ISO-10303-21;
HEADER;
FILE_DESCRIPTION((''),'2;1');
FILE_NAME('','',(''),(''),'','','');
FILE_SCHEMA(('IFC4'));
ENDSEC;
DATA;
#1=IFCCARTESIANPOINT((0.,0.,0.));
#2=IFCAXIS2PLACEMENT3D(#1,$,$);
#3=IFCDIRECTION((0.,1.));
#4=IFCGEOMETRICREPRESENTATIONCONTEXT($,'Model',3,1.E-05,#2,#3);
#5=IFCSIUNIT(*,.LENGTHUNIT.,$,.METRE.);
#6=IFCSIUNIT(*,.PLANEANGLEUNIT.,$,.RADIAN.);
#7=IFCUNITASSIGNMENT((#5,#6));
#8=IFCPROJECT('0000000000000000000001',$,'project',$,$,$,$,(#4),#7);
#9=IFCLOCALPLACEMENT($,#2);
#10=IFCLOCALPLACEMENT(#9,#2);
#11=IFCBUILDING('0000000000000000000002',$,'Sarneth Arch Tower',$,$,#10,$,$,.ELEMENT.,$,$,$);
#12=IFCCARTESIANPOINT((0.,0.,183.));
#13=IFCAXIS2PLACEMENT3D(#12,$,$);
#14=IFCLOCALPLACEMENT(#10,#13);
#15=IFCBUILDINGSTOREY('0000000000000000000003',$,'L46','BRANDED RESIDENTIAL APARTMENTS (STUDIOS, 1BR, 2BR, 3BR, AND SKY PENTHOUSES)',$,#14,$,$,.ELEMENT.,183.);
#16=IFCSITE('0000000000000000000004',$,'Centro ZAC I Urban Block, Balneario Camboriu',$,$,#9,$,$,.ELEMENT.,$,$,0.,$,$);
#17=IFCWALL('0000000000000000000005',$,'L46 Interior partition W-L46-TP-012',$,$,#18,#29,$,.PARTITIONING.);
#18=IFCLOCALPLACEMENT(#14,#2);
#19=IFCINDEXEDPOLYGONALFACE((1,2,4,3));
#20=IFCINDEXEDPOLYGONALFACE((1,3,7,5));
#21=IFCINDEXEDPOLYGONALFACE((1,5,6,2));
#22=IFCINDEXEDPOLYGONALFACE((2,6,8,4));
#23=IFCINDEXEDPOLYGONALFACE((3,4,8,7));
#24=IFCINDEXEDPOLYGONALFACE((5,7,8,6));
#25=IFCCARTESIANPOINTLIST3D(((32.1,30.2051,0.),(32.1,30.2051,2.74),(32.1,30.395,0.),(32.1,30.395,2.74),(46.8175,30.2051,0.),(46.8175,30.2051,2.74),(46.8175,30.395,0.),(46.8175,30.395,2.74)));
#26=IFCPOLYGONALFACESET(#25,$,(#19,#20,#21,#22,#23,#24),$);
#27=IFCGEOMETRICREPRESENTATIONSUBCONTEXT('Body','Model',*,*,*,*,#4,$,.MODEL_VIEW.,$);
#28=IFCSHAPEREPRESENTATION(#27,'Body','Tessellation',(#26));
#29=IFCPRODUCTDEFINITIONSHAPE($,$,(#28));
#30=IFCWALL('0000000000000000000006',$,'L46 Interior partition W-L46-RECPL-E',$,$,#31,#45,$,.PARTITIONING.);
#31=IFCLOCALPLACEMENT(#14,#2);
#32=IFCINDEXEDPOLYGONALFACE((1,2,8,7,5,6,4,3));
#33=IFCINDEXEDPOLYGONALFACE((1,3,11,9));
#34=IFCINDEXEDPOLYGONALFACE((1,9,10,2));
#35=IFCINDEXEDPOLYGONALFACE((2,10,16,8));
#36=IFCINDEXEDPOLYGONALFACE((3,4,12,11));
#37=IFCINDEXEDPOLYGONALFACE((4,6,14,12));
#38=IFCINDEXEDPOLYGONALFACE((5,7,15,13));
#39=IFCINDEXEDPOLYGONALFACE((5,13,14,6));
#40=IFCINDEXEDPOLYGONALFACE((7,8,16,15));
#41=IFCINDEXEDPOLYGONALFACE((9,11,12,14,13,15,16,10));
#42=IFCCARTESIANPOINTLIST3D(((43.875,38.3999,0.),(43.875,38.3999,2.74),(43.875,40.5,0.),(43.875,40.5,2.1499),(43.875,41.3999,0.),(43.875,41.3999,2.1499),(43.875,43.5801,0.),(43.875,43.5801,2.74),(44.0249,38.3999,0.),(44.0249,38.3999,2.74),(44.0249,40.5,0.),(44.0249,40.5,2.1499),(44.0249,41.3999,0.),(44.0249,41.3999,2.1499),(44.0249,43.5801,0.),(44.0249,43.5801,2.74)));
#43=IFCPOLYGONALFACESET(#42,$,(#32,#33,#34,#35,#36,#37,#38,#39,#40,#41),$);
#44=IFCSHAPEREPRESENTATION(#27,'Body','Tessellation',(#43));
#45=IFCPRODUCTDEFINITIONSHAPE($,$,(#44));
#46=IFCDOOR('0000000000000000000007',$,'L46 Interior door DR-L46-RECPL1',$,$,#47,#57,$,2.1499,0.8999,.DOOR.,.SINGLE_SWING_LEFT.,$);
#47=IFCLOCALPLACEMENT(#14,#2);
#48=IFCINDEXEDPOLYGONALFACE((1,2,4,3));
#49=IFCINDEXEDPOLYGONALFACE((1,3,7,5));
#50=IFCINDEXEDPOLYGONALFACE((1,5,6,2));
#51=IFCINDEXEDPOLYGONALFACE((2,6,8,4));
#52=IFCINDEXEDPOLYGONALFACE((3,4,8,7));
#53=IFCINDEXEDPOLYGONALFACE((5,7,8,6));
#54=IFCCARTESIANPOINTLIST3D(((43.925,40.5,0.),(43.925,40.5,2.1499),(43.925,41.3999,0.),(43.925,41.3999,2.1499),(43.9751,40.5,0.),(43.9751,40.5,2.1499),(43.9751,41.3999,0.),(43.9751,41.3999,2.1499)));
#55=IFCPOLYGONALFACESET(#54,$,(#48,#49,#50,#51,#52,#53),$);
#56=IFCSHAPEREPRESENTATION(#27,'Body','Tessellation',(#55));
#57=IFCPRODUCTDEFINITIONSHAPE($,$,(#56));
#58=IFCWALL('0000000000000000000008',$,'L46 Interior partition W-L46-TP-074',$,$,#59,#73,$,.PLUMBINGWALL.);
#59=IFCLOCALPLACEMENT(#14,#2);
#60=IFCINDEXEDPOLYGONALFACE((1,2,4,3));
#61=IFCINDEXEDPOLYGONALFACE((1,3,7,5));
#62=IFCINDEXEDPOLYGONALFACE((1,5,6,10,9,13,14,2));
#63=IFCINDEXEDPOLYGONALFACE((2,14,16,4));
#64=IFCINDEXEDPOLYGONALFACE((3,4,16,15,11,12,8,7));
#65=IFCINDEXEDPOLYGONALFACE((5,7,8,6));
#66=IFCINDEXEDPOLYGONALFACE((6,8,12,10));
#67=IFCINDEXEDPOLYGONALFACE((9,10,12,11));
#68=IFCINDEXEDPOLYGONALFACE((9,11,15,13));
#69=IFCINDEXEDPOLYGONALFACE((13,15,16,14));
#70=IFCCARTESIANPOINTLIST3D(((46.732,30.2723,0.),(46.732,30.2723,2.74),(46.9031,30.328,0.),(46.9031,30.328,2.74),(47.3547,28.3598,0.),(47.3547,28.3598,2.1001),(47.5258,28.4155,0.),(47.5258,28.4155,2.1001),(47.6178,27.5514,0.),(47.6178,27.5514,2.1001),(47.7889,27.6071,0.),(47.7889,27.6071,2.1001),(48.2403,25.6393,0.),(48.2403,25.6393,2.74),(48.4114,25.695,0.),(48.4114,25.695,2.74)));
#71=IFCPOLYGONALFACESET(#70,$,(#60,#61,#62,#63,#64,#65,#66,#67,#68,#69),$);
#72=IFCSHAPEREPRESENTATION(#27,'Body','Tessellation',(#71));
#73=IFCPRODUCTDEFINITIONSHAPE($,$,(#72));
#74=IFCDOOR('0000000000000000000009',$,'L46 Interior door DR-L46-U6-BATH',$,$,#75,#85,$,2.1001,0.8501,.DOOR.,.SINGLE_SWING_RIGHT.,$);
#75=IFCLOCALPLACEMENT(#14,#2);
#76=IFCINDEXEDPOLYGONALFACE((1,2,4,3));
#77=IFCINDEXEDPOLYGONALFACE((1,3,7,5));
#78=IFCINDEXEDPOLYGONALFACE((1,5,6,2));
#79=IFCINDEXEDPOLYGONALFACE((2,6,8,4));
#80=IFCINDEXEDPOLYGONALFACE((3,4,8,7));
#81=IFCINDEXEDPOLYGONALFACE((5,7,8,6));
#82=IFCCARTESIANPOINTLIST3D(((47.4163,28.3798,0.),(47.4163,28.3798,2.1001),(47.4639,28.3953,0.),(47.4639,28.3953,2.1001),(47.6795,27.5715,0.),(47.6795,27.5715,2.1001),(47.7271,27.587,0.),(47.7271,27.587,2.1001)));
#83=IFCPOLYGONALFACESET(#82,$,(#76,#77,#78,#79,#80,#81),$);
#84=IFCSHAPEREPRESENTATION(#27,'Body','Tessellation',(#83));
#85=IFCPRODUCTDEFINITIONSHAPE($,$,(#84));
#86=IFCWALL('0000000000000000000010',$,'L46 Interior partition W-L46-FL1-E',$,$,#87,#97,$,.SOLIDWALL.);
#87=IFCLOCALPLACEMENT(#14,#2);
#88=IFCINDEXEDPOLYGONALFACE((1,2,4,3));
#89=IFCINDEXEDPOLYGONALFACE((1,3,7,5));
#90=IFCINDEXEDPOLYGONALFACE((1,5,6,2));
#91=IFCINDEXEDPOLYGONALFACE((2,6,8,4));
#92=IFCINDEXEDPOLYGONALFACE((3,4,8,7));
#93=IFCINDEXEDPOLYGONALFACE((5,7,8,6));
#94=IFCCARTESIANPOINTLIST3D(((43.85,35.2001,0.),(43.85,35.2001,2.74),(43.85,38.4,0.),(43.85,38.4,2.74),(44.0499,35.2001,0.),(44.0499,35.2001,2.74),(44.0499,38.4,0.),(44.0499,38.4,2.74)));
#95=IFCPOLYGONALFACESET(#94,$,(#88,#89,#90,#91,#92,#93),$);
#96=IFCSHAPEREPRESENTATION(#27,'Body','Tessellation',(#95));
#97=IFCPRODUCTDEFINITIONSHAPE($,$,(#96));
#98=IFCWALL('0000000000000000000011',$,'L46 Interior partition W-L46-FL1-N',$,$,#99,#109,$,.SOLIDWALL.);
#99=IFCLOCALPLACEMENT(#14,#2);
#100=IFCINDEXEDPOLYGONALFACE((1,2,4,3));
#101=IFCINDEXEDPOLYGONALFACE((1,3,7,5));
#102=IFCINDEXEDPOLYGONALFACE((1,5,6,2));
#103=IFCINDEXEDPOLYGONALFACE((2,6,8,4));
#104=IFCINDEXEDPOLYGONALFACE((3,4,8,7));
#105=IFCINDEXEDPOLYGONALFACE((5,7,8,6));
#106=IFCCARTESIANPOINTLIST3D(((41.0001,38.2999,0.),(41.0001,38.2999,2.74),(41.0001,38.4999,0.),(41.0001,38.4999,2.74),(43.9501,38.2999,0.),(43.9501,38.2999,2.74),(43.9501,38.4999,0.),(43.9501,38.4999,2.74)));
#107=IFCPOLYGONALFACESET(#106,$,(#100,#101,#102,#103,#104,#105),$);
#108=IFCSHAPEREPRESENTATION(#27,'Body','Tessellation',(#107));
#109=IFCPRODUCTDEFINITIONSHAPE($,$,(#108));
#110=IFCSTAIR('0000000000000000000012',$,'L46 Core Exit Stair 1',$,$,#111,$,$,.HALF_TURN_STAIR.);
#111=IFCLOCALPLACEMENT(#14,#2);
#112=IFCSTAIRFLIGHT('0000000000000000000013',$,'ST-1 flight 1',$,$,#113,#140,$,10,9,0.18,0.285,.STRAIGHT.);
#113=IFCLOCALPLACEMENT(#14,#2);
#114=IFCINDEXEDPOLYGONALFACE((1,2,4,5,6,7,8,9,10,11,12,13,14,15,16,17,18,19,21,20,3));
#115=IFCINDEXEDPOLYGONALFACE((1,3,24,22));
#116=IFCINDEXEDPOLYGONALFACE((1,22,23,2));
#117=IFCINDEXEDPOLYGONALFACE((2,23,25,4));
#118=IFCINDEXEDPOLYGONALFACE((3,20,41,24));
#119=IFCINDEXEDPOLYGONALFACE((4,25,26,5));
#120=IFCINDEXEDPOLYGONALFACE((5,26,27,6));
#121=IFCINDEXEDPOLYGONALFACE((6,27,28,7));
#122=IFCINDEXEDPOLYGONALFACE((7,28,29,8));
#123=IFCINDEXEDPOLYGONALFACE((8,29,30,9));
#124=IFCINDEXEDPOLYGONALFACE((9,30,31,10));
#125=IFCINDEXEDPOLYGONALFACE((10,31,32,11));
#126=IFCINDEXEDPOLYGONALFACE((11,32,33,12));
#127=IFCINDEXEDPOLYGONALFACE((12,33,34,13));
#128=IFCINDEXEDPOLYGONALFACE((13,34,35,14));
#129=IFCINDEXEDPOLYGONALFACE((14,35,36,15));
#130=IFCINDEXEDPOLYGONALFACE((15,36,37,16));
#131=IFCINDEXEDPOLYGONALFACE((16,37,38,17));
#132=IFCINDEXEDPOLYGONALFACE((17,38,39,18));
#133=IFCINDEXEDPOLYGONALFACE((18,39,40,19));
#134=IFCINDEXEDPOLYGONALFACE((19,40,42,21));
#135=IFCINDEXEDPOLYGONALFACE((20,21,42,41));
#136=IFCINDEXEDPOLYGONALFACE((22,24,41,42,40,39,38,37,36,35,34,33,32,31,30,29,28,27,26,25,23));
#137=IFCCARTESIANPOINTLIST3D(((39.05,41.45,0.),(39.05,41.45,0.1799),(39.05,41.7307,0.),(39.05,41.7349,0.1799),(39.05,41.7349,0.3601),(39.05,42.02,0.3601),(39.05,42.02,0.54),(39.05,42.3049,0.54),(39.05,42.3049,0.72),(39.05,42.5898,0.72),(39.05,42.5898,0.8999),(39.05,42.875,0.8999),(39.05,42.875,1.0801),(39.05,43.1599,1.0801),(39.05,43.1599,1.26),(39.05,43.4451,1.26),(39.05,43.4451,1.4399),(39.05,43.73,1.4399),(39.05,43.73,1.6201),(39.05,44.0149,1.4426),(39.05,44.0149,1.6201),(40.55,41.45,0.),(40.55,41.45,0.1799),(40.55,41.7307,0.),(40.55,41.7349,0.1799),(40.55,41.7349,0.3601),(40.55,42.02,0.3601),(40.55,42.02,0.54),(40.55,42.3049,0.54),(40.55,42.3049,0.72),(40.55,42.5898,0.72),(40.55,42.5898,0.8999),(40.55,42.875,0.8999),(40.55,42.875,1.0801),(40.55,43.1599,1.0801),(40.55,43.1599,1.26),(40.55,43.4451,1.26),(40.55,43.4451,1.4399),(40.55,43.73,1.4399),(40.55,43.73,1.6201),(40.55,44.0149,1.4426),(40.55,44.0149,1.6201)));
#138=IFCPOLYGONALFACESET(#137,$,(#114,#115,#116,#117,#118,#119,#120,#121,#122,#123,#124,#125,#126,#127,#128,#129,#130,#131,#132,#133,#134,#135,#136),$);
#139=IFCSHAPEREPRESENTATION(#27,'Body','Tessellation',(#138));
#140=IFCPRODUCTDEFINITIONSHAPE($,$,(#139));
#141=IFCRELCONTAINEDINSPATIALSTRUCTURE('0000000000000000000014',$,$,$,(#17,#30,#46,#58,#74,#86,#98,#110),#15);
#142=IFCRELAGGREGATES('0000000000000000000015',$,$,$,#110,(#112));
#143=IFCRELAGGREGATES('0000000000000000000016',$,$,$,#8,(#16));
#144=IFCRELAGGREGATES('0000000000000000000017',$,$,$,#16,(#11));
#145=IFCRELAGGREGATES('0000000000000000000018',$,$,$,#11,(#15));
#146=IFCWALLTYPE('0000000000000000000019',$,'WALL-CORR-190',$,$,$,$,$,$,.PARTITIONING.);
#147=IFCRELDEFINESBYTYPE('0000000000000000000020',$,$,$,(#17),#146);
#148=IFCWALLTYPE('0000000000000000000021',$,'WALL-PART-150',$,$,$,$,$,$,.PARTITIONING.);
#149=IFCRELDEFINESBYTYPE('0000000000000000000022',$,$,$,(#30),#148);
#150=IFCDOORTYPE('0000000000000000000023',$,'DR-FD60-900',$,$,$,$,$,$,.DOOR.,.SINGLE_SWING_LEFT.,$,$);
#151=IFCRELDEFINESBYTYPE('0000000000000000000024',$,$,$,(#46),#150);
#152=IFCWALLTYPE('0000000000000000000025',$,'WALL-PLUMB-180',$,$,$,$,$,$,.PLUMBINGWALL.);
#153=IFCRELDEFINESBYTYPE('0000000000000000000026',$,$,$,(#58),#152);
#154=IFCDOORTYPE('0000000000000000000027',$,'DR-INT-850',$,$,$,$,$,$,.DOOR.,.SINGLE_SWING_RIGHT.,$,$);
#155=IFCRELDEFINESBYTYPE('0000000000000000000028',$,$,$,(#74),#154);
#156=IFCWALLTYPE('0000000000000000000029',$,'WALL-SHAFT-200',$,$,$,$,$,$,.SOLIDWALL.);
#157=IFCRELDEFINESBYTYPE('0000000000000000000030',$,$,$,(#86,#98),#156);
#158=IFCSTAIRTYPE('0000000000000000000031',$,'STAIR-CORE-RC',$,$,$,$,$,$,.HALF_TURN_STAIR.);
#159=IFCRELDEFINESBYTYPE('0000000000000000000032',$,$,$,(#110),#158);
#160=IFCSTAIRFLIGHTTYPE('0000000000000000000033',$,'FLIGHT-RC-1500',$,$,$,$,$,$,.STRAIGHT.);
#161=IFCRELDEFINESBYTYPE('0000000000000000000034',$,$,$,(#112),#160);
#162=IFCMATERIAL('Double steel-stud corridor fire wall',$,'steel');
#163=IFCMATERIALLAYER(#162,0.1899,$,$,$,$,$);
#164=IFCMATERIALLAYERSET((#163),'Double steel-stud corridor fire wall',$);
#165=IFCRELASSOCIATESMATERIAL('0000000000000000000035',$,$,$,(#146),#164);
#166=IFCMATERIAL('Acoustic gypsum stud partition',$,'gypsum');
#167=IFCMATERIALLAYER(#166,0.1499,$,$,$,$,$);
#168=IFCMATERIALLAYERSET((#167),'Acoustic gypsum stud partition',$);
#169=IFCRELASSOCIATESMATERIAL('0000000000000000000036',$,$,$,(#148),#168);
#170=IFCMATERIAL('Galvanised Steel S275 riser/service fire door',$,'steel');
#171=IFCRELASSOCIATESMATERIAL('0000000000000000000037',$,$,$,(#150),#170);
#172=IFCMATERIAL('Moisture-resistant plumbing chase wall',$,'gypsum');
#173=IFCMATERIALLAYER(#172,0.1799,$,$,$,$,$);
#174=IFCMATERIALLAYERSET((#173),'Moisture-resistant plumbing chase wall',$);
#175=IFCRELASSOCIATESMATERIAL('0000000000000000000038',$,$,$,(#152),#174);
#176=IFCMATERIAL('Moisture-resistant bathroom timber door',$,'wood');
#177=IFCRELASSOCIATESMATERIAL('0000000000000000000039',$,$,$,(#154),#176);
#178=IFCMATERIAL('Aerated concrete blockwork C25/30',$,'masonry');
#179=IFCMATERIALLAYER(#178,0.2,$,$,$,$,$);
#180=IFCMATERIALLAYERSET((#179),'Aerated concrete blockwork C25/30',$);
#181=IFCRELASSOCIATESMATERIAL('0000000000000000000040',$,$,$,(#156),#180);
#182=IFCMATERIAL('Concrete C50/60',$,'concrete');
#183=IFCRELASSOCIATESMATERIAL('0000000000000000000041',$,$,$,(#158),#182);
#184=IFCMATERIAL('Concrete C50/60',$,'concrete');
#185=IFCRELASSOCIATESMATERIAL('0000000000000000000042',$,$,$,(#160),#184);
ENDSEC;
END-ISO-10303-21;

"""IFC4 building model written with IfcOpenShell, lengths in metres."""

from ifc_helpers import new_model, si_unit, direction, frame, frame_2d, origin, place, context, subcontext, project, spatial, polyline, rectangle, outline, extrude, material, layer, layer_set, type_object, element, fill, aggregate, save


model = new_model("IFC4")

# Units and contexts
model_context = context("Model", 3, precision=1e-05, world=origin(), true_north=direction((0.0, 1.0)))
body_context = subcontext(model_context, "Body", "Model", "MODEL_VIEW")
ifc_project = project(units=[si_unit("LENGTHUNIT", "METRE"), si_unit("PLANEANGLEUNIT", "RADIAN")], contexts=[model_context])

# Site, building, storey
site_placement = place(None, origin())
site = spatial("IfcSite", under=ifc_project, at=site_placement, Name="Centro ZAC I Urban Block, Balneario Camboriu", CompositionType="ELEMENT", RefElevation=0.0)
building_placement = place(site_placement, origin())
building = spatial("IfcBuilding", under=site, at=building_placement, Name="Sarneth Arch Tower", CompositionType="ELEMENT")
storey_placement = place(building_placement, frame((0.0, 0.0, 183.0)))
storey = spatial("IfcBuildingStorey", under=building, at=storey_placement, Name="L46", Description="BRANDED RESIDENTIAL APARTMENTS (STUDIOS, 1BR, 2BR, 3BR, AND SKY PENTHOUSES)", CompositionType="ELEMENT", Elevation=183.0)

# Wall
ifc_material_1 = material(Name="Double steel-stud corridor fire wall", Category="steel")
ifc_layer_1 = layer(ifc_material_1, 0.1899)
ifc_layer_set_1 = layer_set([ifc_layer_1], Name="Double steel-stud corridor fire wall")
wall_type_1 = type_object("IfcWallType", Name="WALL-CORR-190", PredefinedType="PARTITIONING", material=ifc_layer_set_1)
wall_1_placement = place(storey_placement, frame((46.8176, 30.3, 0.0), z_axis=(0.0, 0.0, 1.0), x_axis=(-1.0, 0.0, 0.0)))
element("IfcWall", 1, at=wall_1_placement, inside=storey, type_object=wall_type_1, Name="L46 Interior partition W-L46-TP-012", PredefinedType="PARTITIONING", context=body_context, shape_type="SweptSolid", body=[
    extrude(rectangle(XDim=14.7175, YDim=0.1899, at=frame_2d((7.3589, 0.0))), origin(), (0.0, 0.0, 1.0), 2.74),
])

# Walls, openings, doors
ifc_material_2 = material(Name="Acoustic gypsum stud partition", Category="gypsum")
ifc_layer_2 = layer(ifc_material_2, 0.1499)
ifc_layer_set_2 = layer_set([ifc_layer_2], Name="Acoustic gypsum stud partition")
wall_type_2 = type_object("IfcWallType", Name="WALL-PART-150", PredefinedType="PARTITIONING", material=ifc_layer_set_2)
wall_2_placement = place(storey_placement, frame((43.95, 38.3999, 0.0), z_axis=(0.0, 0.0, 1.0), x_axis=(0.0, 1.0, 0.0)))
wall_2 = element("IfcWall", 2, at=wall_2_placement, inside=storey, type_object=wall_type_2, Name="L46 Interior partition W-L46-RECPL-E", PredefinedType="PARTITIONING", context=body_context, shape_type="SweptSolid", body=[
    extrude(rectangle(XDim=5.1802, YDim=0.1499, at=frame_2d((2.5901, 0.0))), origin(), (0.0, 0.0, 1.0), 2.74),
])
opening_1_placement = place(wall_2_placement, frame((2.1001, 0.0, 0.0)))
opening_1 = element("IfcOpeningElement", 3, at=opening_1_placement, cuts=wall_2, PredefinedType="OPENING", context=body_context, shape_type="SweptSolid", body=[
    extrude(rectangle(XDim=0.8999, YDim=2.1499, at=frame_2d((0.45, 1.075))), frame((0.0, 0.085, 0.0), z_axis=(0.0, -1.0, 0.0), x_axis=(1.0, 0.0, 0.0)), (0.0, 0.0, 1.0), 0.1699),
])
ifc_material_3 = material(Name="Galvanised Steel S275 riser/service fire door", Category="steel")
door_type_1 = type_object("IfcDoorType", Name="DR-FD60-900", OperationType="SINGLE_SWING_LEFT", PredefinedType="DOOR", material=ifc_material_3)
door_1_placement = place(opening_1_placement, origin())
door_1 = element("IfcDoor", 4, at=door_1_placement, inside=storey, type_object=door_type_1, Name="L46 Interior door DR-L46-RECPL1", OperationType="SINGLE_SWING_LEFT", OverallHeight=2.1499, OverallWidth=0.8999, PredefinedType="DOOR", context=body_context, shape_type="SweptSolid", body=[
    extrude(rectangle(XDim=0.8999, YDim=2.1499, at=frame_2d((0.45, 1.075))), frame((0.0, 0.0249, 0.0), z_axis=(0.0, -1.0, 0.0), x_axis=(1.0, 0.0, 0.0)), (0.0, 0.0, 1.0), 0.05),
])
fill(opening_1, door_1)
ifc_material_4 = material(Name="Moisture-resistant plumbing chase wall", Category="gypsum")
ifc_layer_3 = layer(ifc_material_4, 0.1799)
ifc_layer_set_3 = layer_set([ifc_layer_3], Name="Moisture-resistant plumbing chase wall")
wall_type_3 = type_object("IfcWallType", Name="WALL-PLUMB-180", PredefinedType="PLUMBINGWALL", material=ifc_layer_set_3)
wall_3_placement = place(storey_placement, frame((46.8176, 30.3, 0.0), z_axis=(0.0, 0.0, 1.0), x_axis=(0.309561, -0.95088, 0.0)))
wall_3 = element("IfcWall", 5, at=wall_3_placement, inside=storey, type_object=wall_type_3, Name="L46 Interior partition W-L46-TP-074", PredefinedType="PLUMBINGWALL", context=body_context, shape_type="SweptSolid", body=[
    extrude(rectangle(XDim=4.8723, YDim=0.1799, at=frame_2d((2.436, 0.0))), origin(), (0.0, 0.0, 1.0), 2.74),
])
opening_2_placement = place(wall_3_placement, frame((2.0112, 0.0, 0.0)))
opening_2 = element("IfcOpeningElement", 6, at=opening_2_placement, cuts=wall_3, PredefinedType="OPENING", context=body_context, shape_type="SweptSolid", body=[
    extrude(rectangle(XDim=0.8501, YDim=2.1001, at=frame_2d((0.425, 1.05))), frame((0.0, 0.0999, 0.0), z_axis=(0.0, -1.0, 0.0), x_axis=(1.0, 0.0, 0.0)), (0.0, 0.0, 1.0), 0.2),
])
ifc_material_5 = material(Name="Moisture-resistant bathroom timber door", Category="wood")
door_type_2 = type_object("IfcDoorType", Name="DR-INT-850", OperationType="SINGLE_SWING_RIGHT", PredefinedType="DOOR", material=ifc_material_5)
door_2_placement = place(opening_2_placement, origin())
door_2 = element("IfcDoor", 7, at=door_2_placement, inside=storey, type_object=door_type_2, Name="L46 Interior door DR-L46-U6-BATH", OperationType="SINGLE_SWING_RIGHT", OverallHeight=2.1001, OverallWidth=0.8501, PredefinedType="DOOR", context=body_context, shape_type="SweptSolid", body=[
    extrude(rectangle(XDim=0.8501, YDim=2.1001, at=frame_2d((0.425, 1.05))), frame((0.0, 0.0249, 0.0), z_axis=(0.0, -1.0, 0.0), x_axis=(1.0, 0.0, 0.0)), (0.0, 0.0, 1.0), 0.05),
])
fill(opening_2, door_2)
ifc_material_6 = material(Name="Aerated concrete blockwork C25/30", Category="masonry")
ifc_layer_4 = layer(ifc_material_6, 0.2)
ifc_layer_set_4 = layer_set([ifc_layer_4], Name="Aerated concrete blockwork C25/30")
wall_type_4 = type_object("IfcWallType", Name="WALL-SHAFT-200", PredefinedType="SOLIDWALL", material=ifc_layer_set_4)

# Walls
wall_4_placement = place(storey_placement, frame((43.95, 35.2, 0.0), z_axis=(0.0, 0.0, 1.0), x_axis=(0.0, 1.0, 0.0)))
element("IfcWall", 8, at=wall_4_placement, inside=storey, type_object=wall_type_4, Name="L46 Interior partition W-L46-FL1-E", PredefinedType="SOLIDWALL", context=body_context, shape_type="SweptSolid", body=[
    extrude(rectangle(XDim=3.2, YDim=0.2, at=frame_2d((1.6001, 0.0))), origin(), (0.0, 0.0, 1.0), 2.74),
])
wall_5_placement = place(storey_placement, frame((41.0, 38.3999, 0.0), z_axis=(0.0, 0.0, 1.0), x_axis=(1.0, 0.0, 0.0)))
element("IfcWall", 9, at=wall_5_placement, inside=storey, type_object=wall_type_4, Name="L46 Interior partition W-L46-FL1-N", PredefinedType="SOLIDWALL", context=body_context, shape_type="SweptSolid", body=[
    extrude(rectangle(XDim=2.95, YDim=0.2, at=frame_2d((1.4751, 0.0))), origin(), (0.0, 0.0, 1.0), 2.74),
])

# Stair, stair flight
ifc_material_7 = material(Name="Concrete C50/60", Category="concrete")
stair_type = type_object("IfcStairType", Name="STAIR-CORE-RC", PredefinedType="HALF_TURN_STAIR", material=ifc_material_7)
stair_placement = place(storey_placement, origin())
stair = element("IfcStair", 10, at=stair_placement, inside=storey, type_object=stair_type, Name="L46 Core Exit Stair 1", PredefinedType="HALF_TURN_STAIR")
ifc_material_8 = material(Name="Concrete C50/60", Category="concrete")
stair_flight_type = type_object("IfcStairFlightType", Name="FLIGHT-RC-1500", PredefinedType="STRAIGHT", material=ifc_material_8)
stair_flight_placement = place(storey_placement, frame((39.8, 41.45, 0.0), z_axis=(0.0, 0.0, 1.0), x_axis=(0.0, 1.0, 0.0)))
stair_flight = element("IfcStairFlight", 11, at=stair_flight_placement, type_object=stair_flight_type, Name="ST-1 flight 1", NumberOfRisers=10, NumberOfTreads=9, PredefinedType="STRAIGHT", RiserHeight=0.18, TreadLength=0.285, context=body_context, shape_type="SweptSolid", body=[
    extrude(outline(polyline([(0.0, 0.0), (0.0, 0.1799), (0.2849, 0.1799), (0.2849, 0.3601), (0.5701, 0.3601), (0.5701, 0.54), (0.855, 0.54), (0.855, 0.72), (1.1399, 0.72), (1.1399, 0.8999), (1.425, 0.8999), (1.425, 1.0801), (1.71, 1.0801), (1.71, 1.26), (1.9951, 1.26), (1.9951, 1.4399), (2.28, 1.4399), (2.28, 1.6201), (2.5649, 1.6201), (2.5649, 1.8), (2.5649, 1.4426), (0.2808, 0.0), (0.0, 0.0)])), frame((0.0, 0.75, 0.0), z_axis=(0.0, -1.0, 0.0), x_axis=(1.0, 0.0, 0.0)), (0.0, 0.0, 1.0), 1.5),
])
aggregate(stair, [stair_flight])

save(model, "model.ifc")
